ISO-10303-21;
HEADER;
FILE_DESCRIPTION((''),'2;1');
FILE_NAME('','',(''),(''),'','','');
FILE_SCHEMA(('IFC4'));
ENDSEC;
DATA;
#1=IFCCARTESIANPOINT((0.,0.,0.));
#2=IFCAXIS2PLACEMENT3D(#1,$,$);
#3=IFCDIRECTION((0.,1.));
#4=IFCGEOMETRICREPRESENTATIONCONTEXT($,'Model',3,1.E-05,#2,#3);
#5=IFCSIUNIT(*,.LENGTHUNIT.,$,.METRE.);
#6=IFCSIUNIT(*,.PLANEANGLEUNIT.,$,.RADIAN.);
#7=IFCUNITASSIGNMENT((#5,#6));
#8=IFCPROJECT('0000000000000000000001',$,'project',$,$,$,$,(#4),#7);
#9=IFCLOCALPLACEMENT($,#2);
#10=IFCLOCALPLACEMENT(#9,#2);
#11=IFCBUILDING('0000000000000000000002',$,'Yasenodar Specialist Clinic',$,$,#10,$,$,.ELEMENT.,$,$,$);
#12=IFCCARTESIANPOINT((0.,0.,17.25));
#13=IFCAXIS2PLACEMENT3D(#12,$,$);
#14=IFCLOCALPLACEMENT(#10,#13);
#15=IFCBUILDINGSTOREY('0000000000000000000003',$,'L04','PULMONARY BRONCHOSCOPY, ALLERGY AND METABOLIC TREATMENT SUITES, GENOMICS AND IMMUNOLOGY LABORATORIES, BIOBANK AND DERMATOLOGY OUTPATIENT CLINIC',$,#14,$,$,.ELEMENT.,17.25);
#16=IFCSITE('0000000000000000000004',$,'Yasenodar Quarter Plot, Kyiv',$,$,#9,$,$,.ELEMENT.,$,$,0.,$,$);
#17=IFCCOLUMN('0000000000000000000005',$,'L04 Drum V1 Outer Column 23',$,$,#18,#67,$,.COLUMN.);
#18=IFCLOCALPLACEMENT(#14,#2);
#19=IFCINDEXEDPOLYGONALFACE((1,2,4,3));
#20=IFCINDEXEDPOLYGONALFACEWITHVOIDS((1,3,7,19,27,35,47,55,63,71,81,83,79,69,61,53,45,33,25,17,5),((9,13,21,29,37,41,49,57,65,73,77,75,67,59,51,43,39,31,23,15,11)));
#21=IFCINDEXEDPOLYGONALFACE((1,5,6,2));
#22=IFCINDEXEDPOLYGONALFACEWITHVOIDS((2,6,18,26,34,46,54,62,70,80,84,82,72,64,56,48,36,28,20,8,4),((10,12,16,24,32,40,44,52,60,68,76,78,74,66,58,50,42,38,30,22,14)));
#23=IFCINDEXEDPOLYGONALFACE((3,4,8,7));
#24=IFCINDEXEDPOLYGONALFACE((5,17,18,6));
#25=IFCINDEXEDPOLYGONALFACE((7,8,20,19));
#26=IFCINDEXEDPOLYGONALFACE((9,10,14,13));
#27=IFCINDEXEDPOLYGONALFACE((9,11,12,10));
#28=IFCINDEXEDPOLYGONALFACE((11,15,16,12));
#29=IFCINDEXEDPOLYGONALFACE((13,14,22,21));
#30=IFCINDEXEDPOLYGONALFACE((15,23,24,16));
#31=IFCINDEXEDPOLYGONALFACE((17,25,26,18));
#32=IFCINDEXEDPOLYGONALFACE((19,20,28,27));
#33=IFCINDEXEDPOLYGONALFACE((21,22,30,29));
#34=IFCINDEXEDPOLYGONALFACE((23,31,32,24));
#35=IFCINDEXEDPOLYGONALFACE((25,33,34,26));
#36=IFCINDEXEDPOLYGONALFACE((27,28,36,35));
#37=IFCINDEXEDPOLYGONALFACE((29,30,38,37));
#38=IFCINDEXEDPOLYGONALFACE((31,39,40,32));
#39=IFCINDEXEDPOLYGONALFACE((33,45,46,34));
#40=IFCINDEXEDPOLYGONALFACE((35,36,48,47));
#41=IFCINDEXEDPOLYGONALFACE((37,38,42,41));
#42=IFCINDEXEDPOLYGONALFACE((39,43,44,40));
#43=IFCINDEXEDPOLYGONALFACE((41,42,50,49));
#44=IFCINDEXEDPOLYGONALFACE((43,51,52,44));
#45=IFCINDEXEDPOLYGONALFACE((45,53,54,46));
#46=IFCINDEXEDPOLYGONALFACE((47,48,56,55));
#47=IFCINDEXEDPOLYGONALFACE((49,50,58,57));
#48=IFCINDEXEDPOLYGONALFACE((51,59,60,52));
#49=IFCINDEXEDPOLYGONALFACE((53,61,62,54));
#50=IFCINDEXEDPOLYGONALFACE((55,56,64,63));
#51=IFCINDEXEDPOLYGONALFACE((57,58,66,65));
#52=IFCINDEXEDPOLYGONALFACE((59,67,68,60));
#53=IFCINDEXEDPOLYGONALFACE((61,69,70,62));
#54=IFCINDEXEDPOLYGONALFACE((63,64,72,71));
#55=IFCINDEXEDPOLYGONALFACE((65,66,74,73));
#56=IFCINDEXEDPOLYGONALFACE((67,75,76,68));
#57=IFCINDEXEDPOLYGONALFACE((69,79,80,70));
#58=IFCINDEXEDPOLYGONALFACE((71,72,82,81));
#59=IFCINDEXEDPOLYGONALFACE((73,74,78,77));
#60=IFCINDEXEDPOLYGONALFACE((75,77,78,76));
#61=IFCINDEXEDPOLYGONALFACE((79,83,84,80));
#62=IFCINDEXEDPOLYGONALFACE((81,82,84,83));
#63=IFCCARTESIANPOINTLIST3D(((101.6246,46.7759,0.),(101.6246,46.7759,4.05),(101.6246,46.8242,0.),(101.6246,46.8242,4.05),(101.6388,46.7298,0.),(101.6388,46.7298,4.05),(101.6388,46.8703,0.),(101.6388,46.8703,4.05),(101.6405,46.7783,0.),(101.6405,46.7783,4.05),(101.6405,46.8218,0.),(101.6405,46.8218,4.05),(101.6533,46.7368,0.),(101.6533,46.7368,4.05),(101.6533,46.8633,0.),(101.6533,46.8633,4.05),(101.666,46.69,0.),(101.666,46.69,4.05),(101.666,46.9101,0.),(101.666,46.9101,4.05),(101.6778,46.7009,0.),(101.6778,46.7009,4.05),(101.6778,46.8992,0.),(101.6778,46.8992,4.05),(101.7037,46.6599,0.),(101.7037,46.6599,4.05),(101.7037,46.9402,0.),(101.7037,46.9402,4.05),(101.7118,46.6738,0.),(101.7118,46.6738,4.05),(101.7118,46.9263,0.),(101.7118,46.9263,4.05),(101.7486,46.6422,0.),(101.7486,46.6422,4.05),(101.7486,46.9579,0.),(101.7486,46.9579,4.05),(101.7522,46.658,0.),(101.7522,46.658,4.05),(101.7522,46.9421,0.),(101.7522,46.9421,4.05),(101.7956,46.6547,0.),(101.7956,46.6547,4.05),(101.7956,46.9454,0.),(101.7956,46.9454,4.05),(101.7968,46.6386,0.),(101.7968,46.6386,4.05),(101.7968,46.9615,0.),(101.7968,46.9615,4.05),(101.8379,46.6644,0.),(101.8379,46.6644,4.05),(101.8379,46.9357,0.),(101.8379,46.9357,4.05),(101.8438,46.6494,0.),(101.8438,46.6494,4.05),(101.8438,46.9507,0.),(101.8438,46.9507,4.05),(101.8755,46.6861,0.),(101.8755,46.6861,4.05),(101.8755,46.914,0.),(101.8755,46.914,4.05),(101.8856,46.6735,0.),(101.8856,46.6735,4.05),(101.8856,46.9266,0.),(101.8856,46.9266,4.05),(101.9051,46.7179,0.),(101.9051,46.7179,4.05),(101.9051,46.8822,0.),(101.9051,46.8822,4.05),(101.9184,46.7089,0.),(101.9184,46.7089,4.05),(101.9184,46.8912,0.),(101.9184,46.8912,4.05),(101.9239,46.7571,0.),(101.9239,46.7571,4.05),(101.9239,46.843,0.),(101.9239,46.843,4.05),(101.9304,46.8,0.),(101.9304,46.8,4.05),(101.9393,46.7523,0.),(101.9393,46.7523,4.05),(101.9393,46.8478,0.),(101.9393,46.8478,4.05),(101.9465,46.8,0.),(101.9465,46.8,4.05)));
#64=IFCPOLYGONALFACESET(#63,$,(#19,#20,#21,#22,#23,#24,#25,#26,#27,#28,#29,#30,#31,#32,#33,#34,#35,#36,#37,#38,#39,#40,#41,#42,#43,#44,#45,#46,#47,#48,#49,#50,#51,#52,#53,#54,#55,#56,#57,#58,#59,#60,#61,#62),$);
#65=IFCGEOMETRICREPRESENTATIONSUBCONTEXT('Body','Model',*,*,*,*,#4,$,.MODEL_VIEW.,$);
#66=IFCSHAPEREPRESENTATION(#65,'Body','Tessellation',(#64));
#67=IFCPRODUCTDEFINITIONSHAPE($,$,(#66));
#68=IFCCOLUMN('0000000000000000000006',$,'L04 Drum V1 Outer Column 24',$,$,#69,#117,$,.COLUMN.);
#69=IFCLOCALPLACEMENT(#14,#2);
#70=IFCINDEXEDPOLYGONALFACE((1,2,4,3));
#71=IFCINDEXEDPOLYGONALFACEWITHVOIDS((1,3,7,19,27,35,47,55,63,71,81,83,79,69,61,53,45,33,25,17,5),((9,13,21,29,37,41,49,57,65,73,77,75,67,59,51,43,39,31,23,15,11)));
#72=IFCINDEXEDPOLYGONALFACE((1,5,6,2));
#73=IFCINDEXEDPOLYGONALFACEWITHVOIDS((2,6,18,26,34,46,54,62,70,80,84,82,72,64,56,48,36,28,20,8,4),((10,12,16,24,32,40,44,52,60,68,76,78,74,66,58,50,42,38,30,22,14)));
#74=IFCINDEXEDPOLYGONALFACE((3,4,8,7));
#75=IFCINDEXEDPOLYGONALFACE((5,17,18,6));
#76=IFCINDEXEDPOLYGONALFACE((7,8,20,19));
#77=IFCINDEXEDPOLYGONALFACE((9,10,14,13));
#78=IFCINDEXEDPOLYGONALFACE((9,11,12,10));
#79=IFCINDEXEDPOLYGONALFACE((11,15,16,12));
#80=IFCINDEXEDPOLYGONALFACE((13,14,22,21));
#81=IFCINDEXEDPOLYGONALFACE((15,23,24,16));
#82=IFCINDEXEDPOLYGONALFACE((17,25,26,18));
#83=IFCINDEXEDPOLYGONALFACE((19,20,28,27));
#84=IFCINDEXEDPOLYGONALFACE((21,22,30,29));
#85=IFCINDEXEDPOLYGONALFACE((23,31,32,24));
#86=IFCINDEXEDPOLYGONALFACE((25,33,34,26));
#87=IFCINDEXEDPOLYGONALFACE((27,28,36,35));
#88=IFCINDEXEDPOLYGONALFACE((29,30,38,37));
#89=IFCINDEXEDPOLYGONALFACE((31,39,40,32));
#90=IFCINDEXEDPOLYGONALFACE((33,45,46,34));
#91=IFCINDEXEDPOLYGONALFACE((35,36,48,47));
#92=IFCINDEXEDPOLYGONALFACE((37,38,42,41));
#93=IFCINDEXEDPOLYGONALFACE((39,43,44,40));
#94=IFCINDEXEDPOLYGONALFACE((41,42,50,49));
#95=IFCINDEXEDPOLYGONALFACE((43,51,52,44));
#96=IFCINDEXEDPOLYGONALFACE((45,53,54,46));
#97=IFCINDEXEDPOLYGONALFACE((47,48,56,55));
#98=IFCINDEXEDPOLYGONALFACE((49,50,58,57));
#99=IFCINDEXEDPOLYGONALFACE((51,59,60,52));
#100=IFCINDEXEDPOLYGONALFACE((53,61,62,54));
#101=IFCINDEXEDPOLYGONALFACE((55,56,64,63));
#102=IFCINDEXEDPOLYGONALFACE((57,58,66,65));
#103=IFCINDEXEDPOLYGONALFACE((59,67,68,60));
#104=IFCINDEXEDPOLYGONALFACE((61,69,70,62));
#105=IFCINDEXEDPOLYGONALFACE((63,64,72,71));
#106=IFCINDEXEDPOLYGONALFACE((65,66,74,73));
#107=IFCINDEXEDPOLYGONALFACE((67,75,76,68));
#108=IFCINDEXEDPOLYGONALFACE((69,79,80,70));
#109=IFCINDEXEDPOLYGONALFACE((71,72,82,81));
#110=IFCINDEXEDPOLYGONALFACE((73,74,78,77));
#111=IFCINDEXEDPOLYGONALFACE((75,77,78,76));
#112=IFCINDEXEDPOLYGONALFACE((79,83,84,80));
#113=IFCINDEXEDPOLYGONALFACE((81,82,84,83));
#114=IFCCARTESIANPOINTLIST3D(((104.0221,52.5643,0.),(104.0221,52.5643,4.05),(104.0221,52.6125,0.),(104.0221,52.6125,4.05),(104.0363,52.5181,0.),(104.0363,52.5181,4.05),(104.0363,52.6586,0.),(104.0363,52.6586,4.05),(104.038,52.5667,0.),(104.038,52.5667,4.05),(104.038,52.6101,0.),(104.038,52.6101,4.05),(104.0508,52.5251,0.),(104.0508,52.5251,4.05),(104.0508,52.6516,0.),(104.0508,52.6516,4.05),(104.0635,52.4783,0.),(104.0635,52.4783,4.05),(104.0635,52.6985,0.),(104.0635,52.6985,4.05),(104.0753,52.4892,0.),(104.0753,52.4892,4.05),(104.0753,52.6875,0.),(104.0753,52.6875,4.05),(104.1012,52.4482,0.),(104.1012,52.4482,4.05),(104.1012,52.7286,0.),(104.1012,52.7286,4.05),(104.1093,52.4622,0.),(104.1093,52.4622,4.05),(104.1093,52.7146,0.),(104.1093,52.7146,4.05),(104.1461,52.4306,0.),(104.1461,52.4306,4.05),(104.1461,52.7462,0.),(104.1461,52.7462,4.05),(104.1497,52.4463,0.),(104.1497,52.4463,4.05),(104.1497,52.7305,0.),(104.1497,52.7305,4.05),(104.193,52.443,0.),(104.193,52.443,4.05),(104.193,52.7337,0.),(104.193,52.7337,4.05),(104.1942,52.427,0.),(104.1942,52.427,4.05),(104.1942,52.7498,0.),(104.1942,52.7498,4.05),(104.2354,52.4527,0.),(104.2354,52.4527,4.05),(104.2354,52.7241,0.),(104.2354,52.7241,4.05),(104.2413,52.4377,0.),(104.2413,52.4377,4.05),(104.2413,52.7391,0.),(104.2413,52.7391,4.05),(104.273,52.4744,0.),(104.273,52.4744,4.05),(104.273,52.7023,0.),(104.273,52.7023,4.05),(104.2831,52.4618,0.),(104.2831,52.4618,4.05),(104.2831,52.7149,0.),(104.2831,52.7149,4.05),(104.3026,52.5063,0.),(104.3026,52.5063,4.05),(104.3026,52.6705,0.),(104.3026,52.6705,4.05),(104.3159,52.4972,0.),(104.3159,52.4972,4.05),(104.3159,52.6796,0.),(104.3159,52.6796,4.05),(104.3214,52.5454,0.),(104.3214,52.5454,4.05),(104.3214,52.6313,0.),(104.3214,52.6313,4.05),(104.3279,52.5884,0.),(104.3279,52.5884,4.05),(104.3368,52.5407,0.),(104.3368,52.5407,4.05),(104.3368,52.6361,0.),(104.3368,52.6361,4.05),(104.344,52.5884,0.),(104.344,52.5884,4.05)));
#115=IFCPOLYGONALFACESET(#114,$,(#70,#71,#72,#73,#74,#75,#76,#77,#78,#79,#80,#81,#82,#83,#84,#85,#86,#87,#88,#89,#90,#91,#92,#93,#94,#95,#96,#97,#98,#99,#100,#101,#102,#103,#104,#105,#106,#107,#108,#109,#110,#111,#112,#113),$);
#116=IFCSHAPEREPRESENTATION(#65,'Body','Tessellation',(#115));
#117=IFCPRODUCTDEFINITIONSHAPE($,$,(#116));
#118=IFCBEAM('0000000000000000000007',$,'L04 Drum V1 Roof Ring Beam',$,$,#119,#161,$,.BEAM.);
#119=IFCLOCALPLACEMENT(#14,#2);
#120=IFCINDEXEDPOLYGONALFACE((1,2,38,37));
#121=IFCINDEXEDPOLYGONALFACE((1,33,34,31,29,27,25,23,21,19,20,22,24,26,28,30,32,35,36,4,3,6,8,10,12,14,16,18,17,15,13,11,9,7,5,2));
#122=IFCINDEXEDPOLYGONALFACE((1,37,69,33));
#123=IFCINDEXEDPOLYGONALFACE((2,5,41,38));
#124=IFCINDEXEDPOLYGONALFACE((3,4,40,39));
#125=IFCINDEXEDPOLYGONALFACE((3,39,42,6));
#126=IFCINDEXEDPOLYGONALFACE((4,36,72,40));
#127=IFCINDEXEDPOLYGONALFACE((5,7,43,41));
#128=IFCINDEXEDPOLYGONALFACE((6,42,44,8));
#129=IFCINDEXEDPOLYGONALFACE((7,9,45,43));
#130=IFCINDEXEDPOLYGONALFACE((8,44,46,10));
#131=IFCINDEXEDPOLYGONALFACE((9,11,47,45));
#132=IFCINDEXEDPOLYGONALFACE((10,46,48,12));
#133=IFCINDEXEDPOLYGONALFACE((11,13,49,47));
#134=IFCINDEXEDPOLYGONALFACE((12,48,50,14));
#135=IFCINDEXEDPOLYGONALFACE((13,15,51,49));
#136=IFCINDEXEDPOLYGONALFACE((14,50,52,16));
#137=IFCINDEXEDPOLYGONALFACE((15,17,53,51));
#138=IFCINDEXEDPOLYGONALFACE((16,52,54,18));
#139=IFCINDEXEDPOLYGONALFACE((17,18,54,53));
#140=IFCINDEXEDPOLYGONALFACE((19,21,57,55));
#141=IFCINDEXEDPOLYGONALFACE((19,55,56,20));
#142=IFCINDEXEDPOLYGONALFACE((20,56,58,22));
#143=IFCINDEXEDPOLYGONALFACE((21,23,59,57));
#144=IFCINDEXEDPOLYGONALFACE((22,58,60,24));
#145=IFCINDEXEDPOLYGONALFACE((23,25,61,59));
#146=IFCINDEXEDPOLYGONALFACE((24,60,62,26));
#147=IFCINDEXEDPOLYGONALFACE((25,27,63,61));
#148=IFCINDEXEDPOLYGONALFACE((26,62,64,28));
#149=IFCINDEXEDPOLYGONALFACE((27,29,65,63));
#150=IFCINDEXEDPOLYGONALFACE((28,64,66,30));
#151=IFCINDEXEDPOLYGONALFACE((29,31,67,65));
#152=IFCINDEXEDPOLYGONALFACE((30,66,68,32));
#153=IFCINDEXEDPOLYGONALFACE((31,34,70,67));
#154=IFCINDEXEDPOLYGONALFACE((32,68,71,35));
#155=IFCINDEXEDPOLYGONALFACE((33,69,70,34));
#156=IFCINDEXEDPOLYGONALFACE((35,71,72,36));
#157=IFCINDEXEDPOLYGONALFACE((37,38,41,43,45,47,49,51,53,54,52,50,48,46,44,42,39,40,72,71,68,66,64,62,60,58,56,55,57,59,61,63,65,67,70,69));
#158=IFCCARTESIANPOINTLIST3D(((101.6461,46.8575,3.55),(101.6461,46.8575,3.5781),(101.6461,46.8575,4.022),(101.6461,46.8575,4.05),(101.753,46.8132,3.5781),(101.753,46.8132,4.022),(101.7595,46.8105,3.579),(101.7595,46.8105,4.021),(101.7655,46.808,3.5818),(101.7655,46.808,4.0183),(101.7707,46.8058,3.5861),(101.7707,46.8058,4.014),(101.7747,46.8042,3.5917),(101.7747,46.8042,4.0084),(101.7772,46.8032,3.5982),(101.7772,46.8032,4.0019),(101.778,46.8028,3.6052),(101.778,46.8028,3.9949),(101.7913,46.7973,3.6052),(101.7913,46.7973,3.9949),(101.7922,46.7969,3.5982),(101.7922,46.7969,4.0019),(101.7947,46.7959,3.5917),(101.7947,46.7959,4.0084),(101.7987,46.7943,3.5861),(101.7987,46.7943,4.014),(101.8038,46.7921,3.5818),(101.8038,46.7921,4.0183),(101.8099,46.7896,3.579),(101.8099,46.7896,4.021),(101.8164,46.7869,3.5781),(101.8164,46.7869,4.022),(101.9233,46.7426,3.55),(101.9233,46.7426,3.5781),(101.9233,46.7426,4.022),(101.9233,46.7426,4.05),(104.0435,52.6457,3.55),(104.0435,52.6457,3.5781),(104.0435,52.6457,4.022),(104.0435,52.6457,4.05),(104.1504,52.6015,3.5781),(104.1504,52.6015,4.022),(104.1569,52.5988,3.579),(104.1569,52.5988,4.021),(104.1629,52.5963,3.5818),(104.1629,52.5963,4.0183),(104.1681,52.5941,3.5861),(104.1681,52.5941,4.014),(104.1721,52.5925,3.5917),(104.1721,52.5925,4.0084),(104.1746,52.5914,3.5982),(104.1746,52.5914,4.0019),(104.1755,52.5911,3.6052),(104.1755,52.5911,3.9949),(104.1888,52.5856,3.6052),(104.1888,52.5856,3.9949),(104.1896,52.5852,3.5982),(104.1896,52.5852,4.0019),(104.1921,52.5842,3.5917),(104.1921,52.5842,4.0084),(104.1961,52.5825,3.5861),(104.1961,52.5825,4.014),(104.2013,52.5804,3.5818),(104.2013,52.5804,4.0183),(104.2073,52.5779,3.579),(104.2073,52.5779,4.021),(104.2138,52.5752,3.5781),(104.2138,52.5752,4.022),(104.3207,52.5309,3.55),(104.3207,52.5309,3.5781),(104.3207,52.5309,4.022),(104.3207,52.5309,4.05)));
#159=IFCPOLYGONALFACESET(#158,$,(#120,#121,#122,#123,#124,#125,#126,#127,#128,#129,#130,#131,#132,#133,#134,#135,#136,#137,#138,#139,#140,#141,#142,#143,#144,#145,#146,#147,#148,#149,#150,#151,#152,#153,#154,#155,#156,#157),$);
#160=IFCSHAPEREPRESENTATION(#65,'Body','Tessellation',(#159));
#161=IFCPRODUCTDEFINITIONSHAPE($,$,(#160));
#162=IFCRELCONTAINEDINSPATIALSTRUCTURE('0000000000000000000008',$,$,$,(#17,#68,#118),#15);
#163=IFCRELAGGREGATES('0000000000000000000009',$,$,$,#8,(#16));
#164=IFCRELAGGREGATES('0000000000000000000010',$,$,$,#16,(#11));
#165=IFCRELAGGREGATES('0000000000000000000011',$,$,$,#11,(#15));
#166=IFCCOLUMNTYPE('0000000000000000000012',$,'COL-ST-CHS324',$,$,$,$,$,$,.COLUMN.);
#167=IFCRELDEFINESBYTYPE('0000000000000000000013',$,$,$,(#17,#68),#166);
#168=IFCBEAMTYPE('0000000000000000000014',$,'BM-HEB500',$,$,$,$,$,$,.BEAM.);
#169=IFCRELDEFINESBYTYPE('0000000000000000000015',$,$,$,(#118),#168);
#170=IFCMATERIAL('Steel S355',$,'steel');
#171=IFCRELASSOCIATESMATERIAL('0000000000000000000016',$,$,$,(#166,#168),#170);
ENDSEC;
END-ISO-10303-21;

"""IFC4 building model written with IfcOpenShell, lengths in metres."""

from ifc_helpers import new_model, si_unit, direction, frame, origin, origin_2d, place, context, subcontext, project, spatial, hollow_circle, i_section, extrude, material, material_profile, profile_set, type_object, element, save


model = new_model("IFC4")

# Units and contexts
model_context = context("Model", 3, precision=1e-05, world=origin(), true_north=direction((0.0, 1.0)))
body_context = subcontext(model_context, "Body", "Model", "MODEL_VIEW")
ifc_project = project(units=[si_unit("LENGTHUNIT", "METRE"), si_unit("PLANEANGLEUNIT", "RADIAN")], contexts=[model_context])

# Site, building, storey
site_placement = place(None, origin())
site = spatial("IfcSite", under=ifc_project, at=site_placement, Name="Yasenodar Quarter Plot, Kyiv", CompositionType="ELEMENT", RefElevation=0.0)
building_placement = place(site_placement, origin())
building = spatial("IfcBuilding", under=site, at=building_placement, Name="Yasenodar Specialist Clinic", CompositionType="ELEMENT")
storey_placement = place(building_placement, frame((0.0, 0.0, 17.25)))
storey = spatial("IfcBuildingStorey", under=building, at=storey_placement, Name="L04", Description="PULMONARY BRONCHOSCOPY, ALLERGY AND METABOLIC TREATMENT SUITES, GENOMICS AND IMMUNOLOGY LABORATORIES, BIOBANK AND DERMATOLOGY OUTPATIENT CLINIC", CompositionType="ELEMENT", Elevation=17.25)

# Columns
ifc_material_1 = material(Name="Steel S355", Category="steel")
ifc_material_profile_1 = material_profile(ifc_material_1, hollow_circle(Radius=0.1619, WallThickness=0.0161, at=origin_2d()), Name="CHS 323.9x16")
ifc_profile_set_1 = profile_set([ifc_material_profile_1], Name="Steel S355")
column_type = type_object("IfcColumnType", Name="COL-ST-CHS324", PredefinedType="COLUMN", material=ifc_profile_set_1)
for number, where, z_axis, x_axis, name in (
    (1, (101.7847, 46.8, 0.0), (0.0, 0.0, 1.0), (1.0, 0.0, 0.0), "L04 Drum V1 Outer Column 23"),
    (2, (104.1821, 52.5884, 0.0), (0.0, 0.0, 1.0), (1.0, 0.0, 0.0), "L04 Drum V1 Outer Column 24"),
):
    element("IfcColumn", number, at=place(storey_placement, frame(where, z_axis=z_axis, x_axis=x_axis)), inside=storey, type_object=column_type, Name=name, PredefinedType="COLUMN", context=body_context, shape_type="SweptSolid", body=[
        extrude(hollow_circle(Radius=0.1619, WallThickness=0.0161, at=origin_2d()), origin(), (0.0, 0.0, 1.0), 4.05),
    ])

# Beam
ifc_material_profile_2 = material_profile(ifc_material_1, i_section(OverallWidth=0.3, OverallDepth=0.5, WebThickness=0.0144, FlangeThickness=0.0281, FilletRadius=0.0271, at=origin_2d()), Name="HEB 500")
ifc_profile_set_2 = profile_set([ifc_material_profile_2], Name="Steel S355")
beam_type = type_object("IfcBeamType", Name="BM-HEB500", PredefinedType="BEAM", material=ifc_profile_set_2)
beam_1_placement = place(storey_placement, frame((101.7847, 46.8, 3.8), z_axis=(0.382664, 0.923888, 0.0), x_axis=(-0.923888, 0.382664, 0.0)))
element("IfcBeam", 3, at=beam_1_placement, inside=storey, type_object=beam_type, Name="L04 Drum V1 Roof Ring Beam", PredefinedType="BEAM", context=body_context, shape_type="SweptSolid", body=[
    extrude(i_section(OverallWidth=0.3, OverallDepth=0.5, WebThickness=0.0144, FlangeThickness=0.0281, FilletRadius=0.0271, at=origin_2d()), origin(), (0.0, 0.0, 1.0), 6.2651),
])

save(model, "model.ifc")
